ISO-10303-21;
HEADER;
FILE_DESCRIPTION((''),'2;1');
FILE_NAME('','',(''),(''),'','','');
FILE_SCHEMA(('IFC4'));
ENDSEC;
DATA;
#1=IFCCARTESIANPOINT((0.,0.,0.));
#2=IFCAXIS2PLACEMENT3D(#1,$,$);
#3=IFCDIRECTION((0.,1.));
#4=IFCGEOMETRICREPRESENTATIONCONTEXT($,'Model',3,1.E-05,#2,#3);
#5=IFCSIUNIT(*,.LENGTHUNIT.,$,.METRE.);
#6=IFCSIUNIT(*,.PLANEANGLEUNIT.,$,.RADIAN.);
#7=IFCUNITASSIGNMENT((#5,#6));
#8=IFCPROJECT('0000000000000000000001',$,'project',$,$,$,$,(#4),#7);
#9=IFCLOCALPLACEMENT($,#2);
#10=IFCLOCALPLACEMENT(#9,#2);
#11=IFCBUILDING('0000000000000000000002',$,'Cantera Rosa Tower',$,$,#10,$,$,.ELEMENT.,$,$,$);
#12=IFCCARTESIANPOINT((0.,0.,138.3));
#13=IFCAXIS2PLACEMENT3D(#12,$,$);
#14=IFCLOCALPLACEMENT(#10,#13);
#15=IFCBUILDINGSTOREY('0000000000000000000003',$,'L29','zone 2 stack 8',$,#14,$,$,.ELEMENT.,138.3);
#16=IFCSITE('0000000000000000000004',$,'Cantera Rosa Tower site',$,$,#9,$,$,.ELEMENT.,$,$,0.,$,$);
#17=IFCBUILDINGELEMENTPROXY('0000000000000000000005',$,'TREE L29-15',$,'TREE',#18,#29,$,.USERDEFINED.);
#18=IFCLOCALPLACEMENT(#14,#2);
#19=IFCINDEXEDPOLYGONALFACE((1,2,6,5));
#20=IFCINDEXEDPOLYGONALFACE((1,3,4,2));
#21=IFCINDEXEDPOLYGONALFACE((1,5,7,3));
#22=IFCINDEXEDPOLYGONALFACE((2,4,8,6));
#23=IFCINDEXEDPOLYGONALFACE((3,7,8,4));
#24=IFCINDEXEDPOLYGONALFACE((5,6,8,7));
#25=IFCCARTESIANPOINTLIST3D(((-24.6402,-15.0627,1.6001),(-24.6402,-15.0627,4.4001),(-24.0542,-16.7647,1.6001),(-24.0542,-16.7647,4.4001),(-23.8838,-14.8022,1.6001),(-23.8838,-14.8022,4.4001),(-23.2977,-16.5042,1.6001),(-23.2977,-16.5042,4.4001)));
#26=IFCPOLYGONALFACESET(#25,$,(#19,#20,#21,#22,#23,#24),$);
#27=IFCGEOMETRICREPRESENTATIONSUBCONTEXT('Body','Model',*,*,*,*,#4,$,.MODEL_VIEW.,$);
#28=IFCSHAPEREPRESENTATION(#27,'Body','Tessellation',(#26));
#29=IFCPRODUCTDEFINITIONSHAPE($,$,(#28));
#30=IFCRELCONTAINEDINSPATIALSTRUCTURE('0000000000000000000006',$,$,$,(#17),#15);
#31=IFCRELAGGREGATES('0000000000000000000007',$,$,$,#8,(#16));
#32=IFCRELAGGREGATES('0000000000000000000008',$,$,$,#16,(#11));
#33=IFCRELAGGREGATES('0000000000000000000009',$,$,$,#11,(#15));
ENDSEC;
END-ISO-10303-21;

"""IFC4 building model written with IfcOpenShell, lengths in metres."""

from ifc_helpers import new_model, si_unit, direction, frame, origin, origin_2d, place, context, subcontext, project, spatial, rectangle, extrude, element, save


model = new_model("IFC4")

# Units and contexts
model_context = context("Model", 3, precision=1e-05, world=origin(), true_north=direction((0.0, 1.0)))
body_context = subcontext(model_context, "Body", "Model", "MODEL_VIEW")
ifc_project = project(units=[si_unit("LENGTHUNIT", "METRE"), si_unit("PLANEANGLEUNIT", "RADIAN")], contexts=[model_context])

# Site, building, storey
site_placement = place(None, origin())
site = spatial("IfcSite", under=ifc_project, at=site_placement, Name="Cantera Rosa Tower site", CompositionType="ELEMENT", RefElevation=0.0)
building_placement = place(site_placement, origin())
building = spatial("IfcBuilding", under=site, at=building_placement, Name="Cantera Rosa Tower", CompositionType="ELEMENT")
storey_placement = place(building_placement, frame((0.0, 0.0, 138.3)))
storey = spatial("IfcBuildingStorey", under=building, at=storey_placement, Name="L29", Description="zone 2 stack 8", CompositionType="ELEMENT", Elevation=138.3)

# Building element proxy
proxy_placement = place(storey_placement, frame((-23.969, -15.7834, 1.6001), z_axis=(0.0, 0.0, 1.0), x_axis=(0.325568, -0.945519, 0.0)))
element("IfcBuildingElementProxy", 1, at=proxy_placement, inside=storey, Name="TREE L29-15", ObjectType="TREE", PredefinedType="USERDEFINED", context=body_context, shape_type="SweptSolid", body=[
    extrude(rectangle(XDim=1.8, YDim=0.8, at=origin_2d()), origin(), (0.0, 0.0, 1.0), 2.8),
])

save(model, "model.ifc")
